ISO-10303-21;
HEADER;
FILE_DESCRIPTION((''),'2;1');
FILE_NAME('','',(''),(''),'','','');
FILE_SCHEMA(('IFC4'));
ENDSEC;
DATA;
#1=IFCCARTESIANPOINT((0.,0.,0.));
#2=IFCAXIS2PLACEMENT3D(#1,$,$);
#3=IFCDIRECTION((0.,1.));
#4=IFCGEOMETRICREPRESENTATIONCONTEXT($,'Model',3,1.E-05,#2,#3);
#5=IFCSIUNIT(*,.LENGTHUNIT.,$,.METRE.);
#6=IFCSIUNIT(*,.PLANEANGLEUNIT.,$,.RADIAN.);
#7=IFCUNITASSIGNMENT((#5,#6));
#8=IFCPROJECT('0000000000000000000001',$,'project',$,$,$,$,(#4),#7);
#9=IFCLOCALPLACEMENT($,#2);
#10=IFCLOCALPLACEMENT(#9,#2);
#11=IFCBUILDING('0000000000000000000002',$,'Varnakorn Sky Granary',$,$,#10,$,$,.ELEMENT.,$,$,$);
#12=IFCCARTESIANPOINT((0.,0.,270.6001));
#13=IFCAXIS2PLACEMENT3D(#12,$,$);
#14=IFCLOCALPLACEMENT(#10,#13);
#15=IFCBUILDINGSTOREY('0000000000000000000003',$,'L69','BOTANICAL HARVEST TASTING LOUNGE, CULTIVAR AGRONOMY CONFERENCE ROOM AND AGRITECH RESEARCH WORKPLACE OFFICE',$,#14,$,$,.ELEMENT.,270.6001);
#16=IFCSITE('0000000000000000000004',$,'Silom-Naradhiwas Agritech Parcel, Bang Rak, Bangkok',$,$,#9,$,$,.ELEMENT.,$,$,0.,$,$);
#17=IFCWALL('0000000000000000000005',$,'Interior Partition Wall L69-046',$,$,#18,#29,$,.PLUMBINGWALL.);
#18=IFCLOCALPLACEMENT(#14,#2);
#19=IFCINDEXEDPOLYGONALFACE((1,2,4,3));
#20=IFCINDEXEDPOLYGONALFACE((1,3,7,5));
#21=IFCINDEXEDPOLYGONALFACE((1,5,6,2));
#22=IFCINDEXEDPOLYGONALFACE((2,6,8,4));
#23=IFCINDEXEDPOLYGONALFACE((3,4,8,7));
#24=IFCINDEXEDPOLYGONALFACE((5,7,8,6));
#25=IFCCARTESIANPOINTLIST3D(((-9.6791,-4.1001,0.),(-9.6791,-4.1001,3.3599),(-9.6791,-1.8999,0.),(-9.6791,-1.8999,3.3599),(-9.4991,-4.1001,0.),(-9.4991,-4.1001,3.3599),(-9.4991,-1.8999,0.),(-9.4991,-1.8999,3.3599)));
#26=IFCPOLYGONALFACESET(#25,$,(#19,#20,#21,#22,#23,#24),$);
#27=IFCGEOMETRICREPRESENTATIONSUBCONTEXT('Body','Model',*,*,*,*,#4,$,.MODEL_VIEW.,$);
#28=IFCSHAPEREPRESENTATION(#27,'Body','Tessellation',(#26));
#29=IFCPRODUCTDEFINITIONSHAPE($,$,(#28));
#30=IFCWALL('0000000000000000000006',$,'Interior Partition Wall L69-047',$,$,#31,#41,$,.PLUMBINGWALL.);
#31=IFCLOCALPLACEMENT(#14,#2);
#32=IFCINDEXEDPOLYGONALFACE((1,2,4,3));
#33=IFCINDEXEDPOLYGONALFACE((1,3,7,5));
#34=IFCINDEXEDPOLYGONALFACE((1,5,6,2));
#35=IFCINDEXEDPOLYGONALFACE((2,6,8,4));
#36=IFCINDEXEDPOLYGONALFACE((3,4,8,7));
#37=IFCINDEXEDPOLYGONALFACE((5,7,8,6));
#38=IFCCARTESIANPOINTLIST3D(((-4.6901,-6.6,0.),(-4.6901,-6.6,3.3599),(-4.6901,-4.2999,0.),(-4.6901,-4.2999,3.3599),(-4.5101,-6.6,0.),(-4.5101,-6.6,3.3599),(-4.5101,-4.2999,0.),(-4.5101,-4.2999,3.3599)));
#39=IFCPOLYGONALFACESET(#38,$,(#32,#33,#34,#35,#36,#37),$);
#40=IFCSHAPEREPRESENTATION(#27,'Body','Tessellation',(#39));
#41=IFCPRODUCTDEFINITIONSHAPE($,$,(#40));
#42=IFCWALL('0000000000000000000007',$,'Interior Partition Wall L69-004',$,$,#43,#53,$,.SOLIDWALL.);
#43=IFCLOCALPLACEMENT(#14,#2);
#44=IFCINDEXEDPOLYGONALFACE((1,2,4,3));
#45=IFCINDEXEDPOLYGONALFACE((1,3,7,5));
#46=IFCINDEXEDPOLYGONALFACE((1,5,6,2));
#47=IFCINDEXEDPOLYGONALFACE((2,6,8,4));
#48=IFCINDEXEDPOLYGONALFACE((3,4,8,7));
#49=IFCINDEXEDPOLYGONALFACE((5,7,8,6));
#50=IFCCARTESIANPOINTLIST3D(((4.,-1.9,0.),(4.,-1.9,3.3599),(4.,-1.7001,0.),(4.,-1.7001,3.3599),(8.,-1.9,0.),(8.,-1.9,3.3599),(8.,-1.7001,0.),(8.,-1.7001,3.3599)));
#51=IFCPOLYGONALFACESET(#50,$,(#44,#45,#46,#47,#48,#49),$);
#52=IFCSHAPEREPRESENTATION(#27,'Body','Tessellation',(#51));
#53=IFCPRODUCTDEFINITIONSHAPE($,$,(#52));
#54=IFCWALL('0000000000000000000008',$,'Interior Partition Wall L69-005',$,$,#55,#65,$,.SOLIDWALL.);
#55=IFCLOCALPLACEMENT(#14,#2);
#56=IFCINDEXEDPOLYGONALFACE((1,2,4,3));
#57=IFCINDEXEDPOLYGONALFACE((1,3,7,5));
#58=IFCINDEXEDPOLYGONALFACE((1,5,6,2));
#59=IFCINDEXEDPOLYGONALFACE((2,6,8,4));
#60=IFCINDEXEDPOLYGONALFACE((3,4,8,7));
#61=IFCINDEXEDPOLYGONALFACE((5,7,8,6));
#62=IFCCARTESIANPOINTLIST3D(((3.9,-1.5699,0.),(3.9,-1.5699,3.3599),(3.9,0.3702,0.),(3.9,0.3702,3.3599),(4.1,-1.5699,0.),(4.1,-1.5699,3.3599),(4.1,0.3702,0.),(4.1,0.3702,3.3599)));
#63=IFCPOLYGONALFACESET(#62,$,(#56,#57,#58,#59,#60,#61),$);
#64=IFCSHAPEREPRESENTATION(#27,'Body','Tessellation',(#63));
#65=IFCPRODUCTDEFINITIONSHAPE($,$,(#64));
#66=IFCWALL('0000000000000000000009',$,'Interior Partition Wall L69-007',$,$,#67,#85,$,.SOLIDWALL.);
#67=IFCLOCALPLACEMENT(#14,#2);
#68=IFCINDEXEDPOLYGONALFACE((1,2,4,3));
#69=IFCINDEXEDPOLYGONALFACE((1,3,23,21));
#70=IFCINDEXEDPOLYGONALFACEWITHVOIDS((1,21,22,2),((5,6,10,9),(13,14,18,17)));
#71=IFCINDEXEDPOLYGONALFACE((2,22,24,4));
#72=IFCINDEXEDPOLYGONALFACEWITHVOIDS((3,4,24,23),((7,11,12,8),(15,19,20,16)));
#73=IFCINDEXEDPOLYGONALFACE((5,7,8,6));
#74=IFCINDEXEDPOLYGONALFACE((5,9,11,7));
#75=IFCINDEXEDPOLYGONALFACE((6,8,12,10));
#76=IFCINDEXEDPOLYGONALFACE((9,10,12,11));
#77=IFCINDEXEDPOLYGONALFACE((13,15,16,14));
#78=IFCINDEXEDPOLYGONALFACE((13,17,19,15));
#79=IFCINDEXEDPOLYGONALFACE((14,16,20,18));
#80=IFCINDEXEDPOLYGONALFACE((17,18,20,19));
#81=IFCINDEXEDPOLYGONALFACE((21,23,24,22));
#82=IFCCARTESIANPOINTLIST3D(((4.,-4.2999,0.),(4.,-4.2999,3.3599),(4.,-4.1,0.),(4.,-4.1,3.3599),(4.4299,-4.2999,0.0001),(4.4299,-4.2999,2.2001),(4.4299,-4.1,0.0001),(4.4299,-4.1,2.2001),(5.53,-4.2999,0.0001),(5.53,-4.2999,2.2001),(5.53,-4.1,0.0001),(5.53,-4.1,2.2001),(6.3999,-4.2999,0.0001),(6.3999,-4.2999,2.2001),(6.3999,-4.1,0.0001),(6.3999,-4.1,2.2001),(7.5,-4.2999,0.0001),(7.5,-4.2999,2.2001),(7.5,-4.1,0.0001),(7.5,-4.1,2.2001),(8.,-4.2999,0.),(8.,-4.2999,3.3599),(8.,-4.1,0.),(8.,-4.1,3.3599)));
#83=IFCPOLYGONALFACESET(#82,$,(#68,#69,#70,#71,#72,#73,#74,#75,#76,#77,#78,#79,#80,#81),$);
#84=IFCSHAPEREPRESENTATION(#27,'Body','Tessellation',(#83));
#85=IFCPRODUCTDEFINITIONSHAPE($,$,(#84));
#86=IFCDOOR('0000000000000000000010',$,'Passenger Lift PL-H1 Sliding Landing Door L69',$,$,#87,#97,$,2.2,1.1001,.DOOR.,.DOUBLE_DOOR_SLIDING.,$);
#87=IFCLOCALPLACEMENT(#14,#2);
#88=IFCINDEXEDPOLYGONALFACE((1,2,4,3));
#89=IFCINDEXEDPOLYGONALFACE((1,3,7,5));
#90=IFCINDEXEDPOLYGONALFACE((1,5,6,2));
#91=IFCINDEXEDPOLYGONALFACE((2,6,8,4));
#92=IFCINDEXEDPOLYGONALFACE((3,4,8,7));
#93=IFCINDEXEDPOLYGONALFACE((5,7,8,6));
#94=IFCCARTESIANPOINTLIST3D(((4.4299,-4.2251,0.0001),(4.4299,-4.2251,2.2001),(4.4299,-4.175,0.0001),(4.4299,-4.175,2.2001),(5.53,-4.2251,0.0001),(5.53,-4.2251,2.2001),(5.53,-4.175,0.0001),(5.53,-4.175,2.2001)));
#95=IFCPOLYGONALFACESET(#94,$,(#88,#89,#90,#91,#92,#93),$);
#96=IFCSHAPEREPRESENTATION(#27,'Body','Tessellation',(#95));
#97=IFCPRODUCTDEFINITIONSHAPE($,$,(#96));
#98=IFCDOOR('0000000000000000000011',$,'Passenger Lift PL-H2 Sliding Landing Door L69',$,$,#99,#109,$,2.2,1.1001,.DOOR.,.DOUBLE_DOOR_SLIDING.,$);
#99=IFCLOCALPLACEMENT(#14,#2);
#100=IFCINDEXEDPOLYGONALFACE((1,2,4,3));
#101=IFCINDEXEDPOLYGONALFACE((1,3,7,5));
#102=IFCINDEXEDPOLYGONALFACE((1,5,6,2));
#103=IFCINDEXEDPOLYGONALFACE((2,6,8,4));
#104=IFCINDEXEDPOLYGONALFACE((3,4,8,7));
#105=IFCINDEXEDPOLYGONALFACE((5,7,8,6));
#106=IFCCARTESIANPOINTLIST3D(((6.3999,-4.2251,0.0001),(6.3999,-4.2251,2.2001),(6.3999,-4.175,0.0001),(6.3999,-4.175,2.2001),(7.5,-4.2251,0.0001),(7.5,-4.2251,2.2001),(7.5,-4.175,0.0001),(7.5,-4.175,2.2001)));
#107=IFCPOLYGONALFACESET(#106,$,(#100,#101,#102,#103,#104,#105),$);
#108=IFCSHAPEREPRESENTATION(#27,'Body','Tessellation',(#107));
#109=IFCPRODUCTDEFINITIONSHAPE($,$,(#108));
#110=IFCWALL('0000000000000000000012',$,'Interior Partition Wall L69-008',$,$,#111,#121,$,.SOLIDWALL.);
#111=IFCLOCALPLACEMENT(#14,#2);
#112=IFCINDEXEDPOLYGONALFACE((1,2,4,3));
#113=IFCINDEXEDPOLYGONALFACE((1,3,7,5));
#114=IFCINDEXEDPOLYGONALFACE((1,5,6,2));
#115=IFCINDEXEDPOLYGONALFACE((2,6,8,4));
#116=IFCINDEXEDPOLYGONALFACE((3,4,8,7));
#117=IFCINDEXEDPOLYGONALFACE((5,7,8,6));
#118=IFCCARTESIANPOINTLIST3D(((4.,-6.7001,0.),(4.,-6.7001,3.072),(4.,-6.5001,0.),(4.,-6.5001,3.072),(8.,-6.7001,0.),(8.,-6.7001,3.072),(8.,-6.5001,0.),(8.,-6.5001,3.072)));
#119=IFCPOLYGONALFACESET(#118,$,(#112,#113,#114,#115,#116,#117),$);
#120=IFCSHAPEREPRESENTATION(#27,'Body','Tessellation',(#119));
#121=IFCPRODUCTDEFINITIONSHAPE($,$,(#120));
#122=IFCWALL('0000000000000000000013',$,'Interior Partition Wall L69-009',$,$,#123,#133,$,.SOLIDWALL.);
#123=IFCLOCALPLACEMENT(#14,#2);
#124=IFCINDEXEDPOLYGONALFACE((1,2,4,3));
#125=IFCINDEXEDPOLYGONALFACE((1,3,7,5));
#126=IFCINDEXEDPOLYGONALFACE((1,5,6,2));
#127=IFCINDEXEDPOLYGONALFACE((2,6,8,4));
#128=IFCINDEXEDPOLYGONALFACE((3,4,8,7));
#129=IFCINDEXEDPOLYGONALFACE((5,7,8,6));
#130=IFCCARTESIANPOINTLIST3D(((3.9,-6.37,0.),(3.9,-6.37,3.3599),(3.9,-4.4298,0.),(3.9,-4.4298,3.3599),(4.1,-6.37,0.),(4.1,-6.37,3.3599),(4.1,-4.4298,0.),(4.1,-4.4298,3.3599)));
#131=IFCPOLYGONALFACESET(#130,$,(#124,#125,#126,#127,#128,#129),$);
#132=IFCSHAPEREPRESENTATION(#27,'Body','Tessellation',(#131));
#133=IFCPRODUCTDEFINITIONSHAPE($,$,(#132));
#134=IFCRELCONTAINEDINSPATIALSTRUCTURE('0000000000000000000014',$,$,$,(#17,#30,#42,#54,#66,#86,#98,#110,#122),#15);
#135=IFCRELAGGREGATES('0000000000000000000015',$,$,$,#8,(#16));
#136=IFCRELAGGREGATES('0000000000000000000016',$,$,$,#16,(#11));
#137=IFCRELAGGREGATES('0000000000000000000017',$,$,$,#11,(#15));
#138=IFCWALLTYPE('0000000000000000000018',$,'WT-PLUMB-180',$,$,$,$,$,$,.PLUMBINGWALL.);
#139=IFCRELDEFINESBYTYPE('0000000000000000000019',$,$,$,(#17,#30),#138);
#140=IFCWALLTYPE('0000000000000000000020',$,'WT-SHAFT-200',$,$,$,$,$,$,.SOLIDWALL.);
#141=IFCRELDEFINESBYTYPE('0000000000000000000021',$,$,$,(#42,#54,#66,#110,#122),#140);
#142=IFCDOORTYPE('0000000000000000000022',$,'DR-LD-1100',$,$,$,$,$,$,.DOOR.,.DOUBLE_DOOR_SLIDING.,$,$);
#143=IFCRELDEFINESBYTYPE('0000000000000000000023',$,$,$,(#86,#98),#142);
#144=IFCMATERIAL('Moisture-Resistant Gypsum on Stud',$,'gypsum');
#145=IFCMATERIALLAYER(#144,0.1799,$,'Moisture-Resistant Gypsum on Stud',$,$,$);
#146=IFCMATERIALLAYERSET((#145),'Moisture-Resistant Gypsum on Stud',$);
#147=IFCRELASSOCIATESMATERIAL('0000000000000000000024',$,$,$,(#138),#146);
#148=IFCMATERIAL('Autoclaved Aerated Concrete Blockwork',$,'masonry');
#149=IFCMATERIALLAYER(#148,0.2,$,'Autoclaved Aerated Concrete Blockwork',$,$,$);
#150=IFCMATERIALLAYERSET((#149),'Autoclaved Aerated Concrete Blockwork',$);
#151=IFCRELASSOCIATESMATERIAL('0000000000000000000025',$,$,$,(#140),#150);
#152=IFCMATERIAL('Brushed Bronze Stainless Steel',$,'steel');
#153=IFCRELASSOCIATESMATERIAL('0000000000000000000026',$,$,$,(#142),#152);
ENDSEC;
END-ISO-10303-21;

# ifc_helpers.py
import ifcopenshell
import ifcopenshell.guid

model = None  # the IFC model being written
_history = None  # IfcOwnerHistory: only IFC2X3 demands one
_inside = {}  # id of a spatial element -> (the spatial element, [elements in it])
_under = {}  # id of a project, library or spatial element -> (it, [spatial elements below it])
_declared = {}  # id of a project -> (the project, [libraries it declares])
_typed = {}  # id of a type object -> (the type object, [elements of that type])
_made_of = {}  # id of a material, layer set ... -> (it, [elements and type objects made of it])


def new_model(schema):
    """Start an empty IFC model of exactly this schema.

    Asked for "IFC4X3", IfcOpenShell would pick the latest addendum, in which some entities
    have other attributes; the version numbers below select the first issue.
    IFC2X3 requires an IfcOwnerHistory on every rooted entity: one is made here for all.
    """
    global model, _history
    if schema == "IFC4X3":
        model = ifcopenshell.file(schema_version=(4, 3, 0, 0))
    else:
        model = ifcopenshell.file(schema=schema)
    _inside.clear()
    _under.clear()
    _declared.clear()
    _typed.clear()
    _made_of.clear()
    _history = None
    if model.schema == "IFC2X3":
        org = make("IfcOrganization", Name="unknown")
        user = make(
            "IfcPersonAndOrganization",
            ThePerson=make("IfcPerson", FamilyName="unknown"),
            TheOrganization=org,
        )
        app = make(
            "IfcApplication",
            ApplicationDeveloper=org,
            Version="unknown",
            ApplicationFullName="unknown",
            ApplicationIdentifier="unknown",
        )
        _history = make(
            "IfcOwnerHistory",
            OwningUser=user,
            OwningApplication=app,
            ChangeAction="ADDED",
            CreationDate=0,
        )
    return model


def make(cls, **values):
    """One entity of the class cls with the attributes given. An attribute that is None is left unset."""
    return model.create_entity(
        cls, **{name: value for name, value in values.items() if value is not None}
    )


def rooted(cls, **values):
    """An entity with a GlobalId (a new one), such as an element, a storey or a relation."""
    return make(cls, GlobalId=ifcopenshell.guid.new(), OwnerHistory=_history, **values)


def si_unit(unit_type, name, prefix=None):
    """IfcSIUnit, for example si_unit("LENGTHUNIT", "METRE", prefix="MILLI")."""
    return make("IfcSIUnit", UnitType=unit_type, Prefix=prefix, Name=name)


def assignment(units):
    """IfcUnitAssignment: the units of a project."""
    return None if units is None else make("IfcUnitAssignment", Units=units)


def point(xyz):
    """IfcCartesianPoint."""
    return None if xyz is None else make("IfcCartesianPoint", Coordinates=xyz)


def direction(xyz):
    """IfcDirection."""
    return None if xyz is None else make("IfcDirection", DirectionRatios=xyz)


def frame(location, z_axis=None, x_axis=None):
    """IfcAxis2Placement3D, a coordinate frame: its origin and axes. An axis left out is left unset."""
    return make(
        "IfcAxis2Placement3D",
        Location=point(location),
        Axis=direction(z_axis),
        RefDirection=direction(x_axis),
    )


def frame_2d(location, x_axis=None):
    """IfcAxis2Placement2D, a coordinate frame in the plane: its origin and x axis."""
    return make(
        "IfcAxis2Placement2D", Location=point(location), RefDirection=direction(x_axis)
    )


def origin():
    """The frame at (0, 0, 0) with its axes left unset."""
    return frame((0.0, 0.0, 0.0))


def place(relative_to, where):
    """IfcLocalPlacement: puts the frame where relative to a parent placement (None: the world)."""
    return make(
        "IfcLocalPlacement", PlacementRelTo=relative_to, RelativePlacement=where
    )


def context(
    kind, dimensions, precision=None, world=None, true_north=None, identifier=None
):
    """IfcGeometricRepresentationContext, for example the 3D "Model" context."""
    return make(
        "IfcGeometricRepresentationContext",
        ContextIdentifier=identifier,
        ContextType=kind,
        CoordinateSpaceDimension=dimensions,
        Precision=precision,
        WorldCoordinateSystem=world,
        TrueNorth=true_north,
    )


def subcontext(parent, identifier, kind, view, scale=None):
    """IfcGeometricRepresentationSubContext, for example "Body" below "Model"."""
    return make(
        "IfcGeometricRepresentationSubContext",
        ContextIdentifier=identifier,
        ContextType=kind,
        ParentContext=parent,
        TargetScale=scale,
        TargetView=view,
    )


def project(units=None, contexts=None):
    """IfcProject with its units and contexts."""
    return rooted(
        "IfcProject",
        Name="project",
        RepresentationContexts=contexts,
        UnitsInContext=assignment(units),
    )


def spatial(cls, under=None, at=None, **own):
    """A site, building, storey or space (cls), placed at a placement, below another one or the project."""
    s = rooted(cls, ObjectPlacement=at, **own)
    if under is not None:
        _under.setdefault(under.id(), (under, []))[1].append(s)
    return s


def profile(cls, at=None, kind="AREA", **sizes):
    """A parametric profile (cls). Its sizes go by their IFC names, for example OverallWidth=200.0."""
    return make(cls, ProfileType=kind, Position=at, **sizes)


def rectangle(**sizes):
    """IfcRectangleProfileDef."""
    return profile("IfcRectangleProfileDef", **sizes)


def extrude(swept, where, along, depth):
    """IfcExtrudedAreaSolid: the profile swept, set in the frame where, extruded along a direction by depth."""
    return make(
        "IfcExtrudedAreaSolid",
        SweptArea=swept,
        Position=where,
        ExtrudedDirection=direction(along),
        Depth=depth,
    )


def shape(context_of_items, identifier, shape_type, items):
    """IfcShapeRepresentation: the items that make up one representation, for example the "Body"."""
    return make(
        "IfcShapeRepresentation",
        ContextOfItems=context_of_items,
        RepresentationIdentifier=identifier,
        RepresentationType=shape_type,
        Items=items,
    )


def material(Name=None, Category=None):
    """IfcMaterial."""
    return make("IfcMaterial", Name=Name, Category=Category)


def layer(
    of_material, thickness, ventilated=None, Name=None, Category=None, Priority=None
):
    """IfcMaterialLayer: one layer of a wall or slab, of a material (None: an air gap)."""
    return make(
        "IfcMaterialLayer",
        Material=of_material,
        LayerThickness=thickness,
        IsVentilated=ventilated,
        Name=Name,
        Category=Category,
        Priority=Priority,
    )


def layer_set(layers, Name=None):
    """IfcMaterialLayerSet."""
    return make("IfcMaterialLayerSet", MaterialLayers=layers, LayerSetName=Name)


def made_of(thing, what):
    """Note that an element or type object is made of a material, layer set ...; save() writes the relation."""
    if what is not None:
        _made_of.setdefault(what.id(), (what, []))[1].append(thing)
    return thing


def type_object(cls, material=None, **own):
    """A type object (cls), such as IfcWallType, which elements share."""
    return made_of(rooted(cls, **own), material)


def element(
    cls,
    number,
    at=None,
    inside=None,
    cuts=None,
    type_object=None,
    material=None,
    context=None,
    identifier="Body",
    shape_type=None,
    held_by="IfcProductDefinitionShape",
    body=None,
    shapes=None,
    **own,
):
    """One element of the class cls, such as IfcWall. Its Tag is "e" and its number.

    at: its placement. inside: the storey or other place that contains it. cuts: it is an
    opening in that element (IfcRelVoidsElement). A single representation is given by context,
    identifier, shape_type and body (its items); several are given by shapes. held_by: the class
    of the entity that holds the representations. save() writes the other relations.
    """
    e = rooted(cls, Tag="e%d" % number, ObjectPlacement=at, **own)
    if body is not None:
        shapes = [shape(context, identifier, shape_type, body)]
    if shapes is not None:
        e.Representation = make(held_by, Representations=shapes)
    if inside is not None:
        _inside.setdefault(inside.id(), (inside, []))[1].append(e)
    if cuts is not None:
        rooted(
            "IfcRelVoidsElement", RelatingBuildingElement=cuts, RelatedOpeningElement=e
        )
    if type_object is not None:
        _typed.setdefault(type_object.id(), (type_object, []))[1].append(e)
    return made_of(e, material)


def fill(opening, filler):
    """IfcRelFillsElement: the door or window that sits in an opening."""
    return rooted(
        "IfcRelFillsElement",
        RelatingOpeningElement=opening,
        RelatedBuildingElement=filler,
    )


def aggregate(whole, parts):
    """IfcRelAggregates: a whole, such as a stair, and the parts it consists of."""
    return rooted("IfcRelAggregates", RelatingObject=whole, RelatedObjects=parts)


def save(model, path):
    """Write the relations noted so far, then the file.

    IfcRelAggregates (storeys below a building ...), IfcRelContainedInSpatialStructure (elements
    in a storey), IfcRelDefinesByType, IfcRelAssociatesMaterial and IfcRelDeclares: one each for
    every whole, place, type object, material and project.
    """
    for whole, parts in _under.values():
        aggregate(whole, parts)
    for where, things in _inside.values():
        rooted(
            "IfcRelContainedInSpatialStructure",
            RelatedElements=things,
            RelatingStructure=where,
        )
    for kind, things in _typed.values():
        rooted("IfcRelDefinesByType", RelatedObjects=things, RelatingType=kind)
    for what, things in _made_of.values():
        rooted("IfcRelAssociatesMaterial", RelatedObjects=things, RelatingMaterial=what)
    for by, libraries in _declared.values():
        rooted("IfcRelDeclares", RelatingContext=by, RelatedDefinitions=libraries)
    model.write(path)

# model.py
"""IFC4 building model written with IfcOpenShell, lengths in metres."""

from ifc_helpers import new_model, si_unit, direction, frame, frame_2d, origin, place, context, subcontext, project, spatial, rectangle, extrude, material, layer, layer_set, type_object, element, fill, save


model = new_model("IFC4")

# Units and contexts
model_context = context("Model", 3, precision=1e-05, world=origin(), true_north=direction((0.0, 1.0)))
body_context = subcontext(model_context, "Body", "Model", "MODEL_VIEW")
ifc_project = project(units=[si_unit("LENGTHUNIT", "METRE"), si_unit("PLANEANGLEUNIT", "RADIAN")], contexts=[model_context])

# Site, building, storey
site_placement = place(None, origin())
site = spatial("IfcSite", under=ifc_project, at=site_placement, Name="Silom-Naradhiwas Agritech Parcel, Bang Rak, Bangkok", CompositionType="ELEMENT", RefElevation=0.0)
building_placement = place(site_placement, origin())
building = spatial("IfcBuilding", under=site, at=building_placement, Name="Varnakorn Sky Granary", CompositionType="ELEMENT")
storey_placement = place(building_placement, frame((0.0, 0.0, 270.6001)))
storey = spatial("IfcBuildingStorey", under=building, at=storey_placement, Name="L69", Description="BOTANICAL HARVEST TASTING LOUNGE, CULTIVAR AGRONOMY CONFERENCE ROOM AND AGRITECH RESEARCH WORKPLACE OFFICE", CompositionType="ELEMENT", Elevation=270.6001)

# Shared definitions
ifc_material_1 = material(Name="Autoclaved Aerated Concrete Blockwork", Category="masonry")

# Walls
ifc_material_2 = material(Name="Moisture-Resistant Gypsum on Stud", Category="gypsum")
ifc_layer_1 = layer(ifc_material_2, 0.1799, Name="Moisture-Resistant Gypsum on Stud")
ifc_layer_set_1 = layer_set([ifc_layer_1], Name="Moisture-Resistant Gypsum on Stud")
wall_type_1 = type_object("IfcWallType", Name="WT-PLUMB-180", PredefinedType="PLUMBINGWALL", material=ifc_layer_set_1)
wall_1_placement = place(storey_placement, frame((-9.5891, -1.8999, 0.0), z_axis=(0.0, 0.0, 1.0), x_axis=(0.0, -1.0, 0.0)))
element("IfcWall", 1, at=wall_1_placement, inside=storey, type_object=wall_type_1, Name="Interior Partition Wall L69-046", PredefinedType="PLUMBINGWALL", context=body_context, shape_type="SweptSolid", body=[
    extrude(rectangle(XDim=2.2002, YDim=0.1799, at=frame_2d((1.1001, 0.0))), origin(), (0.0, 0.0, 1.0), 3.3599),
])
wall_2_placement = place(storey_placement, frame((-4.6001, -4.3, 0.0), z_axis=(0.0, 0.0, 1.0), x_axis=(0.0, -1.0, 0.0)))
element("IfcWall", 2, at=wall_2_placement, inside=storey, type_object=wall_type_1, Name="Interior Partition Wall L69-047", PredefinedType="PLUMBINGWALL", context=body_context, shape_type="SweptSolid", body=[
    extrude(rectangle(XDim=2.3, YDim=0.1799, at=frame_2d((1.1499, 0.0))), origin(), (0.0, 0.0, 1.0), 3.3599),
])
ifc_layer_2 = layer(ifc_material_1, 0.2, Name="Autoclaved Aerated Concrete Blockwork")
ifc_layer_set_2 = layer_set([ifc_layer_2], Name="Autoclaved Aerated Concrete Blockwork")
wall_type_2 = type_object("IfcWallType", Name="WT-SHAFT-200", PredefinedType="SOLIDWALL", material=ifc_layer_set_2)
wall_3_placement = place(storey_placement, frame((4.0, -1.8, 0.0), z_axis=(0.0, 0.0, 1.0), x_axis=(1.0, 0.0, 0.0)))
element("IfcWall", 3, at=wall_3_placement, inside=storey, type_object=wall_type_2, Name="Interior Partition Wall L69-004", PredefinedType="SOLIDWALL", context=body_context, shape_type="SweptSolid", body=[
    extrude(rectangle(XDim=4.0, YDim=0.2, at=frame_2d((2.0, 0.0))), origin(), (0.0, 0.0, 1.0), 3.3599),
])
wall_4_placement = place(storey_placement, frame((4.0, -1.5701, 0.0), z_axis=(0.0, 0.0, 1.0), x_axis=(0.0, 1.0, 0.0)))
element("IfcWall", 4, at=wall_4_placement, inside=storey, type_object=wall_type_2, Name="Interior Partition Wall L69-005", PredefinedType="SOLIDWALL", context=body_context, shape_type="SweptSolid", body=[
    extrude(rectangle(XDim=1.9402, YDim=0.2, at=frame_2d((0.9702, 0.0))), origin(), (0.0, 0.0, 1.0), 3.3599),
])

# Wall, openings, doors
wall_5_placement = place(storey_placement, frame((4.0, -4.2, 0.0), z_axis=(0.0, 0.0, 1.0), x_axis=(1.0, 0.0, 0.0)))
wall_5 = element("IfcWall", 5, at=wall_5_placement, inside=storey, type_object=wall_type_2, Name="Interior Partition Wall L69-007", PredefinedType="SOLIDWALL", context=body_context, shape_type="SweptSolid", body=[
    extrude(rectangle(XDim=4.0, YDim=0.2, at=frame_2d((2.0, 0.0))), origin(), (0.0, 0.0, 1.0), 3.3599),
])
opening_1_placement = place(wall_5_placement, frame((0.4299, 0.0, 0.0)))
opening_1 = element("IfcOpeningElement", 6, at=opening_1_placement, cuts=wall_5, PredefinedType="OPENING", context=body_context, shape_type="SweptSolid", body=[
    extrude(rectangle(XDim=1.1001, YDim=2.2, at=frame_2d((0.55, 1.1001))), frame((0.0, 0.1099, 0.0), z_axis=(0.0, -1.0, 0.0), x_axis=(1.0, 0.0, 0.0)), (0.0, 0.0, 1.0), 0.22),
])
opening_2_placement = place(wall_5_placement, frame((2.3999, 0.0, 0.0)))
opening_2 = element("IfcOpeningElement", 7, at=opening_2_placement, cuts=wall_5, PredefinedType="OPENING", context=body_context, shape_type="SweptSolid", body=[
    extrude(rectangle(XDim=1.1001, YDim=2.2, at=frame_2d((0.55, 1.1001))), frame((0.0, 0.1099, 0.0), z_axis=(0.0, -1.0, 0.0), x_axis=(1.0, 0.0, 0.0)), (0.0, 0.0, 1.0), 0.22),
])
ifc_material_3 = material(Name="Brushed Bronze Stainless Steel", Category="steel")
door_type_1 = type_object("IfcDoorType", Name="DR-LD-1100", OperationType="DOUBLE_DOOR_SLIDING", PredefinedType="DOOR", material=ifc_material_3)
door_1_placement = place(opening_1_placement, origin())
door_1 = element("IfcDoor", 8, at=door_1_placement, inside=storey, type_object=door_type_1, Name="Passenger Lift PL-H1 Sliding Landing Door L69", OperationType="DOUBLE_DOOR_SLIDING", OverallHeight=2.2, OverallWidth=1.1001, PredefinedType="DOOR", context=body_context, shape_type="SweptSolid", body=[
    extrude(rectangle(XDim=1.1001, YDim=2.2, at=frame_2d((0.55, 1.1001))), frame((0.0, 0.0249, 0.0), z_axis=(0.0, -1.0, 0.0), x_axis=(1.0, 0.0, 0.0)), (0.0, 0.0, 1.0), 0.05),
])
fill(opening_1, door_1)
door_2_placement = place(opening_2_placement, origin())
door_2 = element("IfcDoor", 9, at=door_2_placement, inside=storey, type_object=door_type_1, Name="Passenger Lift PL-H2 Sliding Landing Door L69", OperationType="DOUBLE_DOOR_SLIDING", OverallHeight=2.2, OverallWidth=1.1001, PredefinedType="DOOR", context=body_context, shape_type="SweptSolid", body=[
    extrude(rectangle(XDim=1.1001, YDim=2.2, at=frame_2d((0.55, 1.1001))), frame((0.0, 0.0249, 0.0), z_axis=(0.0, -1.0, 0.0), x_axis=(1.0, 0.0, 0.0)), (0.0, 0.0, 1.0), 0.05),
])
fill(opening_2, door_2)

# Walls
wall_6_placement = place(storey_placement, frame((4.0, -6.6001, 0.0), z_axis=(0.0, 0.0, 1.0), x_axis=(1.0, 0.0, 0.0)))
element("IfcWall", 10, at=wall_6_placement, inside=storey, type_object=wall_type_2, Name="Interior Partition Wall L69-008", PredefinedType="SOLIDWALL", context=body_context, shape_type="SweptSolid", body=[
    extrude(rectangle(XDim=4.0, YDim=0.2, at=frame_2d((2.0, 0.0))), origin(), (0.0, 0.0, 1.0), 3.072),
])
wall_7_placement = place(storey_placement, frame((4.0, -6.3701, 0.0), z_axis=(0.0, 0.0, 1.0), x_axis=(0.0, 1.0, 0.0)))
element("IfcWall", 11, at=wall_7_placement, inside=storey, type_object=wall_type_2, Name="Interior Partition Wall L69-009", PredefinedType="SOLIDWALL", context=body_context, shape_type="SweptSolid", body=[
    extrude(rectangle(XDim=1.9402, YDim=0.2, at=frame_2d((0.9702, 0.0))), origin(), (0.0, 0.0, 1.0), 3.3599),
])

save(model, "model.ifc")
